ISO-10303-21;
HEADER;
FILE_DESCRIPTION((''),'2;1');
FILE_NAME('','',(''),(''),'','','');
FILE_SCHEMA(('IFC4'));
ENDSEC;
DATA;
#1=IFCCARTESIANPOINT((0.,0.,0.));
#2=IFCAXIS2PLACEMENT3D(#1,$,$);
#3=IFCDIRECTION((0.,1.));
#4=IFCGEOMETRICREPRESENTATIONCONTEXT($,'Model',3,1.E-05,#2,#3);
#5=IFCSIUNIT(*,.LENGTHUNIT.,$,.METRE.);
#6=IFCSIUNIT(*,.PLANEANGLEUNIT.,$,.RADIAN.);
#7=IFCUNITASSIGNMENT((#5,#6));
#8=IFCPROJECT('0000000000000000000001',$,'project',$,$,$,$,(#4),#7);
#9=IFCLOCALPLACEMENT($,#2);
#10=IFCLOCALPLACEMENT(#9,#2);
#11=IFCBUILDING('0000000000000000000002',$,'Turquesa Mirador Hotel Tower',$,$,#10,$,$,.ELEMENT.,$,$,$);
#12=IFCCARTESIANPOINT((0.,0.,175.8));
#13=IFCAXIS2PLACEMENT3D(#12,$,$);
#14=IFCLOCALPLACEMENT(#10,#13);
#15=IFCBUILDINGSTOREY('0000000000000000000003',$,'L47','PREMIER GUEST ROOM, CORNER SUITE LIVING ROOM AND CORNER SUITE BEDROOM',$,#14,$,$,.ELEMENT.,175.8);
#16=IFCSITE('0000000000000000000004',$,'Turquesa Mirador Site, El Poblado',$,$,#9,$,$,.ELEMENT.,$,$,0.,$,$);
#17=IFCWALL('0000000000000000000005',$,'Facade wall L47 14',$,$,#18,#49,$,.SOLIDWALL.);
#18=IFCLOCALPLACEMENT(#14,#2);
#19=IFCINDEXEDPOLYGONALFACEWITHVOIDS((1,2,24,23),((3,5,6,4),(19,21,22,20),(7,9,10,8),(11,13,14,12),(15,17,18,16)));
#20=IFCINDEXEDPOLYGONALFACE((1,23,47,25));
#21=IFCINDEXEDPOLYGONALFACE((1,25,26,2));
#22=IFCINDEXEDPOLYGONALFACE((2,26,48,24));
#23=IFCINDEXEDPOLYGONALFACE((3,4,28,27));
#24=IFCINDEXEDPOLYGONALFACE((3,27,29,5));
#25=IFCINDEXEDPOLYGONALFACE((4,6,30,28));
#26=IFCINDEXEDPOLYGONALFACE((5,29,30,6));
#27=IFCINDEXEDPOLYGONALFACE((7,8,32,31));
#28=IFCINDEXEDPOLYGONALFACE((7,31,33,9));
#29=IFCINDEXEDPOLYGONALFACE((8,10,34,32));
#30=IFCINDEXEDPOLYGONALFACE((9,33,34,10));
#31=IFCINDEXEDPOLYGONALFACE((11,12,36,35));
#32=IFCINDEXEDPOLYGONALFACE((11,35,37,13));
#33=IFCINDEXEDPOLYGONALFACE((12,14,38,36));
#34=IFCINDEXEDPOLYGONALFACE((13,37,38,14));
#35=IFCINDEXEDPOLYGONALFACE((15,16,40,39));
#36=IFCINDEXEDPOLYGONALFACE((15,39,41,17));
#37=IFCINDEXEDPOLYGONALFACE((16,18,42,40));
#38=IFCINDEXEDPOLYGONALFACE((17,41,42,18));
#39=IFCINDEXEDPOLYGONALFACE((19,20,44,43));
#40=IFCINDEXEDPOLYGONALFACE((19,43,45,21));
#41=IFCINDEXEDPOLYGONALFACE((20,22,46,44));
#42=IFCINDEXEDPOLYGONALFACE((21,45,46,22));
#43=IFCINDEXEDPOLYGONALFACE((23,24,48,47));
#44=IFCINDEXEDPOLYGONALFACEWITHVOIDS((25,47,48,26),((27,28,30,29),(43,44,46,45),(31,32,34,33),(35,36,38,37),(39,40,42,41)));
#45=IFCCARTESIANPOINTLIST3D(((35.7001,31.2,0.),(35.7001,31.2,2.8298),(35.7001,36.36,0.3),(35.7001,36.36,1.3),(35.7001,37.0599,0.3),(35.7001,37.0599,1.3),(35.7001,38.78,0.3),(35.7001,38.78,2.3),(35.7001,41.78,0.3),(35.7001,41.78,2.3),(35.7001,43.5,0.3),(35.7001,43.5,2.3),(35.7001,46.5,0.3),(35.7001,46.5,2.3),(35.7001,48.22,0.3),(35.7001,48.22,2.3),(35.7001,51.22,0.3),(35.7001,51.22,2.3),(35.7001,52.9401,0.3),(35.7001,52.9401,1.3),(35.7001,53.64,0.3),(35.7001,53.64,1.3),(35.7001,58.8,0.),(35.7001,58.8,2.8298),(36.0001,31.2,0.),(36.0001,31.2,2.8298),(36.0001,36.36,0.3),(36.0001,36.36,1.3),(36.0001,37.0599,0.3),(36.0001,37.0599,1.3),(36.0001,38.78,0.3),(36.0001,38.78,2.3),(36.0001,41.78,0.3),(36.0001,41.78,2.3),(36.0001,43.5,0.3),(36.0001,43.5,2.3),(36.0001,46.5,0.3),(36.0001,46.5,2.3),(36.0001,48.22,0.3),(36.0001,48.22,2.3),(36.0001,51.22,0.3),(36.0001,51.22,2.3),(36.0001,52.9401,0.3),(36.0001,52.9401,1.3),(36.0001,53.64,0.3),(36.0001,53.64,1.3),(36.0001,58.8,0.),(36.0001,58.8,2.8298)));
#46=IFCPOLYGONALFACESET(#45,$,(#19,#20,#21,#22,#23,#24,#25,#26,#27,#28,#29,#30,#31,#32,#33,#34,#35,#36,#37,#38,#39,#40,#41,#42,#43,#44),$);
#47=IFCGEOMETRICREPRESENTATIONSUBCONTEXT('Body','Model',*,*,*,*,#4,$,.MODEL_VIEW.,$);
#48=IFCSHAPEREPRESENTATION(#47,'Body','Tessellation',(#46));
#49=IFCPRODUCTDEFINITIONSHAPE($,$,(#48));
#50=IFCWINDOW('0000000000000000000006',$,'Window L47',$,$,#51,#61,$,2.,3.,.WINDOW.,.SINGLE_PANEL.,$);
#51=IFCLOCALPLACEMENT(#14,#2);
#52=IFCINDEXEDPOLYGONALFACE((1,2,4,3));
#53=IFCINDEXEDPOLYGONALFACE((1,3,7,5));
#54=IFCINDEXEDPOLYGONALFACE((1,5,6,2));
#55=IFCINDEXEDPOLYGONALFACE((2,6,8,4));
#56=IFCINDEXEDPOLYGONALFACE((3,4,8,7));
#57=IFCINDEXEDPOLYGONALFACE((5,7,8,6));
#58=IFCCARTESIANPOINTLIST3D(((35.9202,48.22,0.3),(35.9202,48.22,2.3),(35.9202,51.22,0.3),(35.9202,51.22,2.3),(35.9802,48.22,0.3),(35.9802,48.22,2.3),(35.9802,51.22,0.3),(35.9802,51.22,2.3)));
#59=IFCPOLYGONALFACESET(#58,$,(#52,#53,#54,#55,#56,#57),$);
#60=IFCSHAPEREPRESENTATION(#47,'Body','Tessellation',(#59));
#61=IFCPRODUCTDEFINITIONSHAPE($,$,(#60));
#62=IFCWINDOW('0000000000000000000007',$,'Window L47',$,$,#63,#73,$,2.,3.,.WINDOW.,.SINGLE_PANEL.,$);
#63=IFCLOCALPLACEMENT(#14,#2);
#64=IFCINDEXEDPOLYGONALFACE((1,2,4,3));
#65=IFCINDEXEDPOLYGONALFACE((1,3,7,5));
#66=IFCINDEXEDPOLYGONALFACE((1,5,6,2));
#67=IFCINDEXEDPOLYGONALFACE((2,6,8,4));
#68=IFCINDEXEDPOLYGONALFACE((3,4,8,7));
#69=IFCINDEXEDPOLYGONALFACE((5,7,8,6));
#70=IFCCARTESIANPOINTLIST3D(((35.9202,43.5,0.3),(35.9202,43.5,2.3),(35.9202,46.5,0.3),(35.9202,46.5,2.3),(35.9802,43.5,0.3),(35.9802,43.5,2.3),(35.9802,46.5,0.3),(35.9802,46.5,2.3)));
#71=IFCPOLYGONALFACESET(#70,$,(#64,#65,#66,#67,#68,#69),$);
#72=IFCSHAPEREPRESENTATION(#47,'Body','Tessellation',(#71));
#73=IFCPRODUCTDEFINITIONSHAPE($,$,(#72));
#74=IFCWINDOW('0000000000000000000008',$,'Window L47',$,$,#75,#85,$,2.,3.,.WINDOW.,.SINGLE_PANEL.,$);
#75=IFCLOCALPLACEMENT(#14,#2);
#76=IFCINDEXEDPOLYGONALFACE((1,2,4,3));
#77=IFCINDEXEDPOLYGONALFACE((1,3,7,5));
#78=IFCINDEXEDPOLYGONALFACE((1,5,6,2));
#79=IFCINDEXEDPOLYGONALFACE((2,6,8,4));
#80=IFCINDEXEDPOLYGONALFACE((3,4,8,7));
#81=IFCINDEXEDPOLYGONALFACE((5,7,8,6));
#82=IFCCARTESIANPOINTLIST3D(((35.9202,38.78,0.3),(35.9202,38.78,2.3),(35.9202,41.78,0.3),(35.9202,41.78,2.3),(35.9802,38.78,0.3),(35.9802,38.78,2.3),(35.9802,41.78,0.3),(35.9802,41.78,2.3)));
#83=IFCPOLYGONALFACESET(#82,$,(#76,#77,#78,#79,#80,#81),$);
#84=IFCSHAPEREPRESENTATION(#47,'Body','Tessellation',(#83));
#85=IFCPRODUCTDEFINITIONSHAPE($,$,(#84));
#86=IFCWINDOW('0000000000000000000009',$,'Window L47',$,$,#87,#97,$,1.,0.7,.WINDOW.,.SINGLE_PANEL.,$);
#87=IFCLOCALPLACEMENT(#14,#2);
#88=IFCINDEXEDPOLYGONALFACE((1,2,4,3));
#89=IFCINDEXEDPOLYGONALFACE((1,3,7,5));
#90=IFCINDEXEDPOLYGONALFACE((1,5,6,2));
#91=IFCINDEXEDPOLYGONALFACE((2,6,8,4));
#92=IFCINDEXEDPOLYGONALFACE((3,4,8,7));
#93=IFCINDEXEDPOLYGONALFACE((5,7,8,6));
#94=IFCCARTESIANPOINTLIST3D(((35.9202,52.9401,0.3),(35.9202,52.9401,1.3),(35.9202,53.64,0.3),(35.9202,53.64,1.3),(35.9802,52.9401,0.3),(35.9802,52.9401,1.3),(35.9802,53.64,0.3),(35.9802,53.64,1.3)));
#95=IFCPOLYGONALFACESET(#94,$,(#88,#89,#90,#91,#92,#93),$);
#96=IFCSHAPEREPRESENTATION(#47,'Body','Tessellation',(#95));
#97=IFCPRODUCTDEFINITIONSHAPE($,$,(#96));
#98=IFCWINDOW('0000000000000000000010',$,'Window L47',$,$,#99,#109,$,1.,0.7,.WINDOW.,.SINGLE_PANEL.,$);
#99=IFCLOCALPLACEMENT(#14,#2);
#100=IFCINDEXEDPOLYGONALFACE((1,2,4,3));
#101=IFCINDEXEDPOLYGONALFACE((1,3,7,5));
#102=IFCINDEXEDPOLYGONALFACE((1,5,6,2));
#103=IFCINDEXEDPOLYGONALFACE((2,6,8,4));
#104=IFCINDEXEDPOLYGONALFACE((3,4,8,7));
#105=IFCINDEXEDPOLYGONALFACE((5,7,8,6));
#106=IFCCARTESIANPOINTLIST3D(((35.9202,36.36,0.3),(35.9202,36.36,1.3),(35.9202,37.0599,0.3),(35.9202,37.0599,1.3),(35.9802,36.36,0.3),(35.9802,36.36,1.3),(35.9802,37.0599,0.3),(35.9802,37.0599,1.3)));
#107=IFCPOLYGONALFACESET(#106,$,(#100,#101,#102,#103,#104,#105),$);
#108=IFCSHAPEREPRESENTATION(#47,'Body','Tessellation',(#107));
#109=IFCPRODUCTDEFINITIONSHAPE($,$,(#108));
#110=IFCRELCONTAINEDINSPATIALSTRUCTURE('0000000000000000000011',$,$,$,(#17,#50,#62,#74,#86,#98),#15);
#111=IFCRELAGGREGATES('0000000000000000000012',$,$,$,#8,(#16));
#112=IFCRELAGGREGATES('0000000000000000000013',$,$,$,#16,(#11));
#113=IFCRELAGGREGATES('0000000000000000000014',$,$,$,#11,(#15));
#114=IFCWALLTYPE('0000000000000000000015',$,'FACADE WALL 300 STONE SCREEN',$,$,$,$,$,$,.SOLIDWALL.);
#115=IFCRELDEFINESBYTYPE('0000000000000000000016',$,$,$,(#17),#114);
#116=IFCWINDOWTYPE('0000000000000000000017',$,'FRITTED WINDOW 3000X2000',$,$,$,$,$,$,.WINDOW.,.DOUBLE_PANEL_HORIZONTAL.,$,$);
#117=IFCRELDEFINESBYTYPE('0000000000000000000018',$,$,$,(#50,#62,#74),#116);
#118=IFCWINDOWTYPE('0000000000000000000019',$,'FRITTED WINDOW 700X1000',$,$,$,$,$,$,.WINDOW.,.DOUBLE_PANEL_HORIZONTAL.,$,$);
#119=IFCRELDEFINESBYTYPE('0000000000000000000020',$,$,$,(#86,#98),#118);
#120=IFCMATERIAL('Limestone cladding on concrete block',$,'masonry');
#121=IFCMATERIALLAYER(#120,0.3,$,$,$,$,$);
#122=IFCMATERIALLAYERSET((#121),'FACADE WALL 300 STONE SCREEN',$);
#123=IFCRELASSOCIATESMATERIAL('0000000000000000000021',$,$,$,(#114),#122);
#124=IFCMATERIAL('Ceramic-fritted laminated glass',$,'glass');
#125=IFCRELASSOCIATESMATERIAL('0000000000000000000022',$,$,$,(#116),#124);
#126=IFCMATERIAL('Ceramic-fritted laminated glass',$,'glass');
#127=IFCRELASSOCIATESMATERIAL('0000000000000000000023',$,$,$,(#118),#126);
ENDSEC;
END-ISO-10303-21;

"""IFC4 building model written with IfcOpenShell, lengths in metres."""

from ifc_helpers import new_model, si_unit, direction, frame, frame_2d, origin, place, context, subcontext, project, spatial, rectangle, extrude, material, layer, layer_set, type_object, element, fill, save


model = new_model("IFC4")

# Units and contexts
model_context = context("Model", 3, precision=1e-05, world=origin(), true_north=direction((0.0, 1.0)))
body_context = subcontext(model_context, "Body", "Model", "MODEL_VIEW")
ifc_project = project(units=[si_unit("LENGTHUNIT", "METRE"), si_unit("PLANEANGLEUNIT", "RADIAN")], contexts=[model_context])

# Site, building, storey
site_placement = place(None, origin())
site = spatial("IfcSite", under=ifc_project, at=site_placement, Name="Turquesa Mirador Site, El Poblado", CompositionType="ELEMENT", RefElevation=0.0)
building_placement = place(site_placement, origin())
building = spatial("IfcBuilding", under=site, at=building_placement, Name="Turquesa Mirador Hotel Tower", CompositionType="ELEMENT")
storey_placement = place(building_placement, frame((0.0, 0.0, 175.8)))
storey = spatial("IfcBuildingStorey", under=building, at=storey_placement, Name="L47", Description="PREMIER GUEST ROOM, CORNER SUITE LIVING ROOM AND CORNER SUITE BEDROOM", CompositionType="ELEMENT", Elevation=175.8)

# Shared definitions
ifc_material_1 = material(Name="Limestone cladding on concrete block", Category="masonry")
ifc_layer = layer(ifc_material_1, 0.3)
ifc_layer_set = layer_set([ifc_layer], Name="FACADE WALL 300 STONE SCREEN")
wall_type = type_object("IfcWallType", Name="FACADE WALL 300 STONE SCREEN", PredefinedType="SOLIDWALL", material=ifc_layer_set)

# Wall, openings, windows
wall_1_placement = place(storey_placement, frame((35.8501, 58.8, 0.0), z_axis=(0.0, 0.0, 1.0), x_axis=(0.0, -1.0, 0.0)))
wall_1 = element("IfcWall", 1, at=wall_1_placement, inside=storey, type_object=wall_type, Name="Facade wall L47 14", PredefinedType="SOLIDWALL", context=body_context, shape_type="SweptSolid", body=[
    extrude(rectangle(XDim=27.6001, YDim=0.3, at=frame_2d((13.8, 0.0))), origin(), (0.0, 0.0, 1.0), 2.8298),
])
opening_1_placement = place(wall_1_placement, frame((5.1599, 0.0, 0.3)))
opening_1 = element("IfcOpeningElement", 2, at=opening_1_placement, cuts=wall_1, PredefinedType="OPENING", context=body_context, shape_type="SweptSolid", body=[
    extrude(rectangle(XDim=0.7, YDim=1.0, at=frame_2d((0.3501, 0.5))), frame((0.0, 0.1599, 0.0), z_axis=(0.0, -1.0, 0.0), x_axis=(1.0, 0.0, 0.0)), (0.0, 0.0, 1.0), 0.3201),
])
opening_2_placement = place(wall_1_placement, frame((7.5801, 0.0, 0.3)))
opening_2 = element("IfcOpeningElement", 3, at=opening_2_placement, cuts=wall_1, PredefinedType="OPENING", context=body_context, shape_type="SweptSolid", body=[
    extrude(rectangle(XDim=3.0, YDim=2.0, at=frame_2d((1.5, 1.0))), frame((0.0, 0.1599, 0.0), z_axis=(0.0, -1.0, 0.0), x_axis=(1.0, 0.0, 0.0)), (0.0, 0.0, 1.0), 0.3201),
])
opening_3_placement = place(wall_1_placement, frame((12.3, 0.0, 0.3)))
opening_3 = element("IfcOpeningElement", 4, at=opening_3_placement, cuts=wall_1, PredefinedType="OPENING", context=body_context, shape_type="SweptSolid", body=[
    extrude(rectangle(XDim=3.0, YDim=2.0, at=frame_2d((1.5, 1.0))), frame((0.0, 0.1599, 0.0), z_axis=(0.0, -1.0, 0.0), x_axis=(1.0, 0.0, 0.0)), (0.0, 0.0, 1.0), 0.3201),
])
opening_4_placement = place(wall_1_placement, frame((17.02, 0.0, 0.3)))
opening_4 = element("IfcOpeningElement", 5, at=opening_4_placement, cuts=wall_1, PredefinedType="OPENING", context=body_context, shape_type="SweptSolid", body=[
    extrude(rectangle(XDim=3.0, YDim=2.0, at=frame_2d((1.5, 1.0))), frame((0.0, 0.1599, 0.0), z_axis=(0.0, -1.0, 0.0), x_axis=(1.0, 0.0, 0.0)), (0.0, 0.0, 1.0), 0.3201),
])
opening_5_placement = place(wall_1_placement, frame((21.74, 0.0, 0.3)))
opening_5 = element("IfcOpeningElement", 6, at=opening_5_placement, cuts=wall_1, PredefinedType="OPENING", context=body_context, shape_type="SweptSolid", body=[
    extrude(rectangle(XDim=0.7, YDim=1.0, at=frame_2d((0.3501, 0.5))), frame((0.0, 0.1599, 0.0), z_axis=(0.0, -1.0, 0.0), x_axis=(1.0, 0.0, 0.0)), (0.0, 0.0, 1.0), 0.3201),
])
ifc_material_2 = material(Name="Ceramic-fritted laminated glass", Category="glass")
window_type_1 = type_object("IfcWindowType", Name="FRITTED WINDOW 3000X2000", PartitioningType="DOUBLE_PANEL_HORIZONTAL", PredefinedType="WINDOW", material=ifc_material_2)
window_1_placement = place(opening_2_placement, origin())
window_1 = element("IfcWindow", 7, at=window_1_placement, inside=storey, type_object=window_type_1, Name="Window L47", OverallHeight=2.0, OverallWidth=3.0, PartitioningType="SINGLE_PANEL", PredefinedType="WINDOW", context=body_context, shape_type="SweptSolid", body=[
    extrude(rectangle(XDim=3.0, YDim=2.0, at=frame_2d((1.5, 1.0))), frame((0.0, 0.1301, 0.0), z_axis=(0.0, -1.0, 0.0), x_axis=(1.0, 0.0, 0.0)), (0.0, 0.0, 1.0), 0.0601),
])
fill(opening_2, window_1)
window_2_placement = place(opening_3_placement, origin())
window_2 = element("IfcWindow", 8, at=window_2_placement, inside=storey, type_object=window_type_1, Name="Window L47", OverallHeight=2.0, OverallWidth=3.0, PartitioningType="SINGLE_PANEL", PredefinedType="WINDOW", context=body_context, shape_type="SweptSolid", body=[
    extrude(rectangle(XDim=3.0, YDim=2.0, at=frame_2d((1.5, 1.0))), frame((0.0, 0.1301, 0.0), z_axis=(0.0, -1.0, 0.0), x_axis=(1.0, 0.0, 0.0)), (0.0, 0.0, 1.0), 0.0601),
])
fill(opening_3, window_2)
window_3_placement = place(opening_4_placement, origin())
window_3 = element("IfcWindow", 9, at=window_3_placement, inside=storey, type_object=window_type_1, Name="Window L47", OverallHeight=2.0, OverallWidth=3.0, PartitioningType="SINGLE_PANEL", PredefinedType="WINDOW", context=body_context, shape_type="SweptSolid", body=[
    extrude(rectangle(XDim=3.0, YDim=2.0, at=frame_2d((1.5, 1.0))), frame((0.0, 0.1301, 0.0), z_axis=(0.0, -1.0, 0.0), x_axis=(1.0, 0.0, 0.0)), (0.0, 0.0, 1.0), 0.0601),
])
fill(opening_4, window_3)
ifc_material_3 = material(Name="Ceramic-fritted laminated glass", Category="glass")
window_type_2 = type_object("IfcWindowType", Name="FRITTED WINDOW 700X1000", PartitioningType="DOUBLE_PANEL_HORIZONTAL", PredefinedType="WINDOW", material=ifc_material_3)
window_4_placement = place(opening_1_placement, origin())
window_4 = element("IfcWindow", 10, at=window_4_placement, inside=storey, type_object=window_type_2, Name="Window L47", OverallHeight=1.0, OverallWidth=0.7, PartitioningType="SINGLE_PANEL", PredefinedType="WINDOW", context=body_context, shape_type="SweptSolid", body=[
    extrude(rectangle(XDim=0.7, YDim=1.0, at=frame_2d((0.3501, 0.5))), frame((0.0, 0.1301, 0.0), z_axis=(0.0, -1.0, 0.0), x_axis=(1.0, 0.0, 0.0)), (0.0, 0.0, 1.0), 0.0601),
])
fill(opening_1, window_4)
window_5_placement = place(opening_5_placement, origin())
window_5 = element("IfcWindow", 11, at=window_5_placement, inside=storey, type_object=window_type_2, Name="Window L47", OverallHeight=1.0, OverallWidth=0.7, PartitioningType="SINGLE_PANEL", PredefinedType="WINDOW", context=body_context, shape_type="SweptSolid", body=[
    extrude(rectangle(XDim=0.7, YDim=1.0, at=frame_2d((0.3501, 0.5))), frame((0.0, 0.1301, 0.0), z_axis=(0.0, -1.0, 0.0), x_axis=(1.0, 0.0, 0.0)), (0.0, 0.0, 1.0), 0.0601),
])
fill(opening_5, window_5)

save(model, "model.ifc")
